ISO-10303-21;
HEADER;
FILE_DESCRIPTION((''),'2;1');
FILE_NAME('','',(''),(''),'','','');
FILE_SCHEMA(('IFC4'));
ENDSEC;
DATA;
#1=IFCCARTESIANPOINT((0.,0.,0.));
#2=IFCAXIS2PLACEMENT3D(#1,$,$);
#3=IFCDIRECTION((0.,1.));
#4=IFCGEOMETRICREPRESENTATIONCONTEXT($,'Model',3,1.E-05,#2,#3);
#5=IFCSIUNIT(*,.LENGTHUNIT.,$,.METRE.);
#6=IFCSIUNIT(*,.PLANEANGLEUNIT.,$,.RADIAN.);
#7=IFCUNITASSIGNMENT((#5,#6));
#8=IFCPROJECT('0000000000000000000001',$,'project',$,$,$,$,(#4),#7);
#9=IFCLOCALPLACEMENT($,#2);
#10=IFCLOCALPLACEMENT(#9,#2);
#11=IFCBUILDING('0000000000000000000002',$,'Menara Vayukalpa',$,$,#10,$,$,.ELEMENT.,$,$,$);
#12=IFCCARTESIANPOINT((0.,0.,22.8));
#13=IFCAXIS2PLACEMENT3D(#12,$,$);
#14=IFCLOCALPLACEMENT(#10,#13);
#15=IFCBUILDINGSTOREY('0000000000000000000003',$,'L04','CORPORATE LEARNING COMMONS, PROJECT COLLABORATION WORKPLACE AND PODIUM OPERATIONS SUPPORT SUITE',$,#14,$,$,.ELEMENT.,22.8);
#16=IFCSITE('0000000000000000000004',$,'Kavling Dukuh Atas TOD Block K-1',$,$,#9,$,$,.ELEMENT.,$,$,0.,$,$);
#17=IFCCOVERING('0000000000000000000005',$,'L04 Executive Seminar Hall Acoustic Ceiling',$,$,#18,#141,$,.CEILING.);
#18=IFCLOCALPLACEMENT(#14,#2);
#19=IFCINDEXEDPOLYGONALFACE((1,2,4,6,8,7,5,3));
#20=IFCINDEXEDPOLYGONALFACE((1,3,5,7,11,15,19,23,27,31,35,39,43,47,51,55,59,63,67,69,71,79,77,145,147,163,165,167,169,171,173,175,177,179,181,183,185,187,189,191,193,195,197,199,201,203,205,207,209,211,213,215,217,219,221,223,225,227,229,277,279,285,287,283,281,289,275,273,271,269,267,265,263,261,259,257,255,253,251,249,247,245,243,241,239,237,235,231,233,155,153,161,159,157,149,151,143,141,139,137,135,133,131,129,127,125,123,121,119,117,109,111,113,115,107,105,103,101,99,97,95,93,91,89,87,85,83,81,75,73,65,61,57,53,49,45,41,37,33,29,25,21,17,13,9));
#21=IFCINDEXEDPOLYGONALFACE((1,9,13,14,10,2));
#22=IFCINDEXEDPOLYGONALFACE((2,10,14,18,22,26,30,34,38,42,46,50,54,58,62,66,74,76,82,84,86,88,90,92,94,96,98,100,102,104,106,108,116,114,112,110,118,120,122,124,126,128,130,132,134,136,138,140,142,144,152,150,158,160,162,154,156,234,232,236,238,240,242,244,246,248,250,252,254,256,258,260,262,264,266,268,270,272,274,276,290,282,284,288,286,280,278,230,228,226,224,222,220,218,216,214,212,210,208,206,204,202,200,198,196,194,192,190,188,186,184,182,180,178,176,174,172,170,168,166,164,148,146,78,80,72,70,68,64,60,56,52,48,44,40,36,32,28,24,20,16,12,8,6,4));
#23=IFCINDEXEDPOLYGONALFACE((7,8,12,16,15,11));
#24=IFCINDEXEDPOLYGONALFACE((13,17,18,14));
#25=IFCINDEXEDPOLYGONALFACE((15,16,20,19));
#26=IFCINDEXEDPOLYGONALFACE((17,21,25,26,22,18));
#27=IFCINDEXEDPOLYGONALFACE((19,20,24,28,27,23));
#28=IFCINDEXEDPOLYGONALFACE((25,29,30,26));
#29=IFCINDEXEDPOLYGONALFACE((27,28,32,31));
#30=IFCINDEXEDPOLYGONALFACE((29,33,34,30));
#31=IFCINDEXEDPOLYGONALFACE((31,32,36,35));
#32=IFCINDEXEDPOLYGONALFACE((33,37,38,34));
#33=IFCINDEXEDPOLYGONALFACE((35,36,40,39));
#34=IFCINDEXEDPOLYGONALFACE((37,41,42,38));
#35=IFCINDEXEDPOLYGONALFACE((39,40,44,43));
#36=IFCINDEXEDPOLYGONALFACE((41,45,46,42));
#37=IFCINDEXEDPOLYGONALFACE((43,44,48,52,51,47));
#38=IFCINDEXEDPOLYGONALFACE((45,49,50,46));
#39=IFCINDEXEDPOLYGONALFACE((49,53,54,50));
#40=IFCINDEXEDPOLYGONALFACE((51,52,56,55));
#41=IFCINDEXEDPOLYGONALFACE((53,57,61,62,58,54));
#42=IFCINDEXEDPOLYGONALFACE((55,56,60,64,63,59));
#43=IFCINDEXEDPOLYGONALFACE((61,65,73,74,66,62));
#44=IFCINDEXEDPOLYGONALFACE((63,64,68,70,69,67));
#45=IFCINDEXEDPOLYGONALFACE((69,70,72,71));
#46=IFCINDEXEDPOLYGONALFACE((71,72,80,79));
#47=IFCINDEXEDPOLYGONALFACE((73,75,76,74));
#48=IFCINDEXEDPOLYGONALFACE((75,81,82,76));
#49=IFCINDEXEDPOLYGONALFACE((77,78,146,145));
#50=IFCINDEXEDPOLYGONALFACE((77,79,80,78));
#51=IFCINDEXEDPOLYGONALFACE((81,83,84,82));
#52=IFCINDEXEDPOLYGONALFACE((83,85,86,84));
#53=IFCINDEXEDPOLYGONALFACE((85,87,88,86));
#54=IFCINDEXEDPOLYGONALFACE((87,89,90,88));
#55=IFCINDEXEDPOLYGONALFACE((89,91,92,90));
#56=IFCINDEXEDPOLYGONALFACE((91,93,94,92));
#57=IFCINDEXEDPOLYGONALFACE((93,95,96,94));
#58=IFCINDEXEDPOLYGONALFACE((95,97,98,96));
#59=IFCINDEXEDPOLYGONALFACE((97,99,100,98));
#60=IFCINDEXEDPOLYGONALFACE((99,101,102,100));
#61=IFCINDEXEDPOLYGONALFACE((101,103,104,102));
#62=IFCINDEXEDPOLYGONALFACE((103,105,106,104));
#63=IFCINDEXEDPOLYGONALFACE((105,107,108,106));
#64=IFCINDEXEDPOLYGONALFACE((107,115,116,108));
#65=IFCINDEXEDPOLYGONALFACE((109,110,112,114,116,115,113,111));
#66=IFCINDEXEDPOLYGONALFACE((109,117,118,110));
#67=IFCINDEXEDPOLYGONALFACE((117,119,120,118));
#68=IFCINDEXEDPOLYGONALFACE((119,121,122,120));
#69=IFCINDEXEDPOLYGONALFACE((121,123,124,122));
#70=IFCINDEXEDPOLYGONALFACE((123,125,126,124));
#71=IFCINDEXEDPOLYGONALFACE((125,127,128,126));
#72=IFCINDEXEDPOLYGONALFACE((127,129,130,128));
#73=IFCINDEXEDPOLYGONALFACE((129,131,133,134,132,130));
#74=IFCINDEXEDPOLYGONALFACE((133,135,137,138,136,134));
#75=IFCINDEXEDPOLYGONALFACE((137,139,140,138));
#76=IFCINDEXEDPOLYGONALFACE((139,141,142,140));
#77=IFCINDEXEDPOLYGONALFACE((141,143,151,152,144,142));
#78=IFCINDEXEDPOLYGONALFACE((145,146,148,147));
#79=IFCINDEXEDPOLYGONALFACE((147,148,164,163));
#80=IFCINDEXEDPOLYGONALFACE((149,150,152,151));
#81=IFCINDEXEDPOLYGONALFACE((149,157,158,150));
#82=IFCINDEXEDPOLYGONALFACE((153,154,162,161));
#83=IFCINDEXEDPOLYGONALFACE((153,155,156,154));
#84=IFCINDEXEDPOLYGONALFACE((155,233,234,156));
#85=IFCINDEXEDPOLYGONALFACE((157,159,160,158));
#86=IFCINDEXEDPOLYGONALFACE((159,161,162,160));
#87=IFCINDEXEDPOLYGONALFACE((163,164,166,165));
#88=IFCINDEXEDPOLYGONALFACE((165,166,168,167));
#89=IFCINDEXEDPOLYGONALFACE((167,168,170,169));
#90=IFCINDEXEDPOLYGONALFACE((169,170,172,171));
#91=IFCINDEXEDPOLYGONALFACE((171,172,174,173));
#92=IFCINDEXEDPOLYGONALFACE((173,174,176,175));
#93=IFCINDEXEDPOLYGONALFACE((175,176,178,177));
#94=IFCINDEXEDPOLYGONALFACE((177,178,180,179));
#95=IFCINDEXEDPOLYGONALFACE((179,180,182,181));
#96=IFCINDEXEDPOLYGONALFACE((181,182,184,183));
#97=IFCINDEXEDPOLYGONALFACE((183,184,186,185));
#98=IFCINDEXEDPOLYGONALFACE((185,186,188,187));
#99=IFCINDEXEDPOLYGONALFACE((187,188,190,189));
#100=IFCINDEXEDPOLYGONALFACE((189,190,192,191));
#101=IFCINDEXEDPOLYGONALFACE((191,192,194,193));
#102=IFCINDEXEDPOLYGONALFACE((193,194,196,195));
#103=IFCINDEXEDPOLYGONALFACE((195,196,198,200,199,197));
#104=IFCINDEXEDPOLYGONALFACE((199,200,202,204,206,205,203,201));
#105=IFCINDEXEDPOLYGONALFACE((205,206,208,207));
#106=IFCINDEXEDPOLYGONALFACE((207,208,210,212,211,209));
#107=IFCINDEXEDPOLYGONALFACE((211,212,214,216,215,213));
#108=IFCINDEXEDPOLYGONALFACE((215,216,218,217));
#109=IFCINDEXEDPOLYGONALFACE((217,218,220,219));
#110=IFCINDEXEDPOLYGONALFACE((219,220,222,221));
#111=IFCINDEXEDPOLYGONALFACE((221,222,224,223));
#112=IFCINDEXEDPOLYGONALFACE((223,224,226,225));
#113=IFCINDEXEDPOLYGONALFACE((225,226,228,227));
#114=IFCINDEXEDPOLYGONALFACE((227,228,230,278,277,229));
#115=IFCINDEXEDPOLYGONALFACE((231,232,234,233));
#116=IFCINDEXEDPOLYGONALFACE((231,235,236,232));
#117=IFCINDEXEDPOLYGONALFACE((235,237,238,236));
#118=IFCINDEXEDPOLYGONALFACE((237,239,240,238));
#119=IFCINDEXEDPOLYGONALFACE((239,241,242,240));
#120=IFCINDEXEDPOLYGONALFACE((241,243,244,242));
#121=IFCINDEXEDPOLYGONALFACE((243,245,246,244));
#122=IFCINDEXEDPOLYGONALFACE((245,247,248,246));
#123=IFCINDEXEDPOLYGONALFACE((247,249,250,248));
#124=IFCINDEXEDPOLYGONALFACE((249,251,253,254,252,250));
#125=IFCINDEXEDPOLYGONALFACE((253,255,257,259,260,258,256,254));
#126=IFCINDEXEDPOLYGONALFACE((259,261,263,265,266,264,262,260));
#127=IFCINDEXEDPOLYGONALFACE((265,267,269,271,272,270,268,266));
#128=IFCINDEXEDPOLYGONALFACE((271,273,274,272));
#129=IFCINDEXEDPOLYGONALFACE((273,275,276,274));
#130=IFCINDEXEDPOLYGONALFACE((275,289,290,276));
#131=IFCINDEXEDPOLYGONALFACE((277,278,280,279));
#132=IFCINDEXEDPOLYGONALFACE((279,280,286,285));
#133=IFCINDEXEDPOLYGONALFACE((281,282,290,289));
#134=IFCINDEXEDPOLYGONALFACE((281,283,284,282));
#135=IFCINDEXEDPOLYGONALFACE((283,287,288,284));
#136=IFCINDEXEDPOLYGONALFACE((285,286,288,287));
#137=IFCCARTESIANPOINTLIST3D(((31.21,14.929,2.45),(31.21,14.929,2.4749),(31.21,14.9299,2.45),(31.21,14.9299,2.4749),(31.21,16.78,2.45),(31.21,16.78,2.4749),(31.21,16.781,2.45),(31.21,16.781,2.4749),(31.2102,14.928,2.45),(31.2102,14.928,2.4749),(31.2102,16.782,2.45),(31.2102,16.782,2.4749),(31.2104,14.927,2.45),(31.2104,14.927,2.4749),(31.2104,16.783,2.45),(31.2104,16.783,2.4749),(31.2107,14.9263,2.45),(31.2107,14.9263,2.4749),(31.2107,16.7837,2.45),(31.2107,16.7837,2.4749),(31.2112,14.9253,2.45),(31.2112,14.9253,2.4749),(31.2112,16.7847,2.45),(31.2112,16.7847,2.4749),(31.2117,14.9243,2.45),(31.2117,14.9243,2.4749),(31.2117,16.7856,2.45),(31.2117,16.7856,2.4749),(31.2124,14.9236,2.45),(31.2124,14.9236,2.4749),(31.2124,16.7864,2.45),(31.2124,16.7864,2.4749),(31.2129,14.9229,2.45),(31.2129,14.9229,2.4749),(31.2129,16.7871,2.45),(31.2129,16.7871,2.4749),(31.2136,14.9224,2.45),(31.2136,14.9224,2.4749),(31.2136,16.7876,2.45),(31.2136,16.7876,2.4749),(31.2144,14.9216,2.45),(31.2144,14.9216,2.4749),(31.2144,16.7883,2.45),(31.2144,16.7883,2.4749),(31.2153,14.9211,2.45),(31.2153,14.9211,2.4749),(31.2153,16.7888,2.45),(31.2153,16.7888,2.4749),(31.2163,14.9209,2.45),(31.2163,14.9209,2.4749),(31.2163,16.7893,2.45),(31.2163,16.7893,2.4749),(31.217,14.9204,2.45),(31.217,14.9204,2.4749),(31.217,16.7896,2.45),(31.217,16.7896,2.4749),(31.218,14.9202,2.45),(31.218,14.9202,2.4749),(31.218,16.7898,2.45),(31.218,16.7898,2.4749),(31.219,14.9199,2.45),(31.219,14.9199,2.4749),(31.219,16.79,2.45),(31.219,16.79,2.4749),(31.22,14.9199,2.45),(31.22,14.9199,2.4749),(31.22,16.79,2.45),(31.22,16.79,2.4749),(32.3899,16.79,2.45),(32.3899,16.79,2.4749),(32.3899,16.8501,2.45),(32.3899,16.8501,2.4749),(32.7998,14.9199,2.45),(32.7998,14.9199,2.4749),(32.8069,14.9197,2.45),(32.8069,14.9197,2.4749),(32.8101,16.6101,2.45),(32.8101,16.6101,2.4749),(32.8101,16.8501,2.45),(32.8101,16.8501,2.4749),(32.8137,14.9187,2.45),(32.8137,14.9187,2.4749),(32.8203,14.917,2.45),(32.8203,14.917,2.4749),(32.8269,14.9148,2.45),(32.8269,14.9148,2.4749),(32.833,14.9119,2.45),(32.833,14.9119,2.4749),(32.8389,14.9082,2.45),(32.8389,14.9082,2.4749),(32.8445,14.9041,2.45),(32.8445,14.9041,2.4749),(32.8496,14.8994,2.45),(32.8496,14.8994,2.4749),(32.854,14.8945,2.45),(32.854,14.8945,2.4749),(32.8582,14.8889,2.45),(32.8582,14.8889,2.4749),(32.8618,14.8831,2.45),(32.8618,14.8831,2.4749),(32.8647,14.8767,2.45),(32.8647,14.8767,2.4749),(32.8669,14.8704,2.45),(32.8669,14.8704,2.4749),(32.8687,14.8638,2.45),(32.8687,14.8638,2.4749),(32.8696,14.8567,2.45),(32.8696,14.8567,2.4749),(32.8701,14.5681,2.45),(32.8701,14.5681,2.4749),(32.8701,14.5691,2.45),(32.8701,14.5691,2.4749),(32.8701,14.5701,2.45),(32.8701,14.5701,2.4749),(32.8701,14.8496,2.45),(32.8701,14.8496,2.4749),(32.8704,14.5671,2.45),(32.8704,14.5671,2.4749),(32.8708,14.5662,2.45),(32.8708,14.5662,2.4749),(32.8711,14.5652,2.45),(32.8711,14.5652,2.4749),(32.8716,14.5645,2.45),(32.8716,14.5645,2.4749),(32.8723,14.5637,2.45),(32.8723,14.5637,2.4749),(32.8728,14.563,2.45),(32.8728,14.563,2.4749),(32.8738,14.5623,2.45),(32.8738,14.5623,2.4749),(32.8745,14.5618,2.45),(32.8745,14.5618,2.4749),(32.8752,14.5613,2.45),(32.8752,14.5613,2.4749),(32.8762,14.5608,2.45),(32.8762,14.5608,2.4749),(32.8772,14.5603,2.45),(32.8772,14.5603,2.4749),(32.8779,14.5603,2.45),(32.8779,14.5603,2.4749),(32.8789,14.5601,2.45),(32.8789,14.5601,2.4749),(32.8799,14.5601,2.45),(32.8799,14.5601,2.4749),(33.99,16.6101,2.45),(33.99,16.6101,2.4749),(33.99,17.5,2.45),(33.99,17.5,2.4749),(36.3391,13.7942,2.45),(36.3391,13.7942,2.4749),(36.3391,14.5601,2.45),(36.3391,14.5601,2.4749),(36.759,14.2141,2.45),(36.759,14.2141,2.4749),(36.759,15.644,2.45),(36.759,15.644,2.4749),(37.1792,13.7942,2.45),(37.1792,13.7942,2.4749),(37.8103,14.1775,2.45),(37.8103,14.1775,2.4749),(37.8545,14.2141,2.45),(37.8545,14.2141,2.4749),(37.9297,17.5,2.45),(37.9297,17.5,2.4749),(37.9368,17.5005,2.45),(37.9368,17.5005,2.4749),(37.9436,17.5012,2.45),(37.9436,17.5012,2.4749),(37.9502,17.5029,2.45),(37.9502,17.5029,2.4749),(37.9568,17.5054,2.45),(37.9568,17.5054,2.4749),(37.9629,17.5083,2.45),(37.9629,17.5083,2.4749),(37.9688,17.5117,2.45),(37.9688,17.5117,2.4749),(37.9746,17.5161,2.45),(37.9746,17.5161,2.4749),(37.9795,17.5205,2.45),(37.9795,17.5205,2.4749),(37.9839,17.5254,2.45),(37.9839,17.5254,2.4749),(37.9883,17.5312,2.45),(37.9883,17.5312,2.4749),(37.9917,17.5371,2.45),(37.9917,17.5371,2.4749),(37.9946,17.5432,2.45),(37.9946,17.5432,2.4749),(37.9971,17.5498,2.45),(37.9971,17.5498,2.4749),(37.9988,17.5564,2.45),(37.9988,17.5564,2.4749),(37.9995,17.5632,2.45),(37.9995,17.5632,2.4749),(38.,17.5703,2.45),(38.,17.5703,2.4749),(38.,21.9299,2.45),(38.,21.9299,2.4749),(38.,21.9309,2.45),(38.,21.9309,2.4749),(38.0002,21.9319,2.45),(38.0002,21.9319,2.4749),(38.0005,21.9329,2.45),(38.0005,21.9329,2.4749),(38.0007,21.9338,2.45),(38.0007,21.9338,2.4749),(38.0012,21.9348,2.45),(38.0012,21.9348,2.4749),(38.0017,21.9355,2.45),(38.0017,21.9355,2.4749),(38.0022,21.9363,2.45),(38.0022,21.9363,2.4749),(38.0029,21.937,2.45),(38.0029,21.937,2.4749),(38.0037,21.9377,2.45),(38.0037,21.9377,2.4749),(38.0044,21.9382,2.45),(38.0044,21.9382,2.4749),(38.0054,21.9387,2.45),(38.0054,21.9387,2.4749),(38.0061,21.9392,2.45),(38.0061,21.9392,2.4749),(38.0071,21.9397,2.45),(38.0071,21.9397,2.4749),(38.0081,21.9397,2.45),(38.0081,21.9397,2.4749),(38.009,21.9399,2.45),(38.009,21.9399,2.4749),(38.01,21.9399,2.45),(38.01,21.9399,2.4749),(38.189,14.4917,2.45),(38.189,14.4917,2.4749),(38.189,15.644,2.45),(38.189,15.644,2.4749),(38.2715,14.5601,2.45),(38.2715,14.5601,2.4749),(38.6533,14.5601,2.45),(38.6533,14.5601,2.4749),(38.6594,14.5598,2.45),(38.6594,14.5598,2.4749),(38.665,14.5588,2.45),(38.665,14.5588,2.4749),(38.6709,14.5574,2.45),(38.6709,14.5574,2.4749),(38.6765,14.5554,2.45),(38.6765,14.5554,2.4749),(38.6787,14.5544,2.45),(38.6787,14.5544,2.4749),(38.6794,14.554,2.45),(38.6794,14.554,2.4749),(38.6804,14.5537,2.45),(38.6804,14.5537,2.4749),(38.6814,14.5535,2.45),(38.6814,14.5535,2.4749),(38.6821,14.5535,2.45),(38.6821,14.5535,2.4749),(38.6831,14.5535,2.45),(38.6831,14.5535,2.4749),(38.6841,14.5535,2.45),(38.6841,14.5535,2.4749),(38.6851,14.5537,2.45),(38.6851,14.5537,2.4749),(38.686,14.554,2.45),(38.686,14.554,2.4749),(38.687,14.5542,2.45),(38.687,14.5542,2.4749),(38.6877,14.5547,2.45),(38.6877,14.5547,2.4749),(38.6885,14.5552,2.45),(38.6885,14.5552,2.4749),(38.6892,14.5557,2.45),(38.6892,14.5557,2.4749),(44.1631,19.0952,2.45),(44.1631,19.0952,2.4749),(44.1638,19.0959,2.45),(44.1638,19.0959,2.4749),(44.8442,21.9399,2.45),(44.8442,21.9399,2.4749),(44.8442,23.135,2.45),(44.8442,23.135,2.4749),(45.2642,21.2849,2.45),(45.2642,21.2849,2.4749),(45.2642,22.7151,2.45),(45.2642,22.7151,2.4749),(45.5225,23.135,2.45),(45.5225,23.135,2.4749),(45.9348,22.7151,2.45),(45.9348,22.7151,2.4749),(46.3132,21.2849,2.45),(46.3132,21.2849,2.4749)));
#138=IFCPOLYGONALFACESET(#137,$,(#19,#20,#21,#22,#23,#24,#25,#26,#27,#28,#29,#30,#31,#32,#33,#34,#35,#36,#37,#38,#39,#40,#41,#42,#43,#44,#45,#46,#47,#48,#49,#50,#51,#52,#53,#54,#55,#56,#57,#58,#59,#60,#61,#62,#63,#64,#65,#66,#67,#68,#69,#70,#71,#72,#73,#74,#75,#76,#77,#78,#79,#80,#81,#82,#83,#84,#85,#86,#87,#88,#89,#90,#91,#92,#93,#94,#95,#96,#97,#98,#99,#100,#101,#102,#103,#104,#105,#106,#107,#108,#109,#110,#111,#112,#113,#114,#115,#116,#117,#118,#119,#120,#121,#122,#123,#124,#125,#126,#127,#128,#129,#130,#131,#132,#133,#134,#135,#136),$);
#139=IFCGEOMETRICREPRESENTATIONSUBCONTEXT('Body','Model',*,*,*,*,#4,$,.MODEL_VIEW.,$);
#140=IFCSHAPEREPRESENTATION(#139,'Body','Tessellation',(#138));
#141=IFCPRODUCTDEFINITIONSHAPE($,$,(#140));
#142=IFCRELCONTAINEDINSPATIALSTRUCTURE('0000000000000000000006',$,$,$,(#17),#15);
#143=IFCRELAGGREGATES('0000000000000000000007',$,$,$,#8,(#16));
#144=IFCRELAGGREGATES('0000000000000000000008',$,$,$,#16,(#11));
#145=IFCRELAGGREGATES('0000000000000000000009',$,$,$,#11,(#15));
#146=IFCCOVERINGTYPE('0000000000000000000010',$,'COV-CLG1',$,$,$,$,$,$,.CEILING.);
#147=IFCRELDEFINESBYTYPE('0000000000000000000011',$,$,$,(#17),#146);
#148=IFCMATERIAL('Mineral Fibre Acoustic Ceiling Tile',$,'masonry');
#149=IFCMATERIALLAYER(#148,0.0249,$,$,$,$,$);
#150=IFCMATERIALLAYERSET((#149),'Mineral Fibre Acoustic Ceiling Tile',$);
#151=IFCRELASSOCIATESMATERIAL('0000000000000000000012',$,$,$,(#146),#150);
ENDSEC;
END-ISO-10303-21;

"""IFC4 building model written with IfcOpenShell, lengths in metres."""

from ifc_helpers import new_model, si_unit, direction, frame, origin, place, context, subcontext, project, spatial, polyline, outline, extrude, material, layer, layer_set, type_object, element, save


model = new_model("IFC4")

# Units and contexts
model_context = context("Model", 3, precision=1e-05, world=origin(), true_north=direction((0.0, 1.0)))
body_context = subcontext(model_context, "Body", "Model", "MODEL_VIEW")
ifc_project = project(units=[si_unit("LENGTHUNIT", "METRE"), si_unit("PLANEANGLEUNIT", "RADIAN")], contexts=[model_context])

# Site, building, storey
site_placement = place(None, origin())
site = spatial("IfcSite", under=ifc_project, at=site_placement, Name="Kavling Dukuh Atas TOD Block K-1", CompositionType="ELEMENT", RefElevation=0.0)
building_placement = place(site_placement, origin())
building = spatial("IfcBuilding", under=site, at=building_placement, Name="Menara Vayukalpa", CompositionType="ELEMENT")
storey_placement = place(building_placement, frame((0.0, 0.0, 22.8)))
storey = spatial("IfcBuildingStorey", under=building, at=storey_placement, Name="L04", Description="CORPORATE LEARNING COMMONS, PROJECT COLLABORATION WORKPLACE AND PODIUM OPERATIONS SUPPORT SUITE", CompositionType="ELEMENT", Elevation=22.8)

# Covering
ifc_material_1 = material(Name="Mineral Fibre Acoustic Ceiling Tile", Category="masonry")
ifc_layer_1 = layer(ifc_material_1, 0.0249)
ifc_layer_set_1 = layer_set([ifc_layer_1], Name="Mineral Fibre Acoustic Ceiling Tile")
covering_type_1 = type_object("IfcCoveringType", Name="COV-CLG1", PredefinedType="CEILING", material=ifc_layer_set_1)
covering_1_placement = place(storey_placement, frame((0.0, 0.0, 2.45)))
element("IfcCovering", 1, at=covering_1_placement, inside=storey, type_object=covering_type_1, Name="L04 Executive Seminar Hall Acoustic Ceiling", PredefinedType="CEILING", context=body_context, shape_type="SweptSolid", body=[
    extrude(outline(polyline([(37.1792, 13.7942), (36.3391, 13.7942), (36.3391, 14.5601), (32.8799, 14.5601), (32.8789, 14.5601), (32.8779, 14.5603), (32.8772, 14.5603), (32.8762, 14.5608), (32.8752, 14.5613), (32.8745, 14.5618), (32.8738, 14.5623), (32.8728, 14.563), (32.8723, 14.5637), (32.8716, 14.5645), (32.8711, 14.5652), (32.8708, 14.5662), (32.8704, 14.5671), (32.8701, 14.5681), (32.8701, 14.5691), (32.8701, 14.5701), (32.8701, 14.8496), (32.8696, 14.8567), (32.8687, 14.8638), (32.8669, 14.8704), (32.8647, 14.8767), (32.8618, 14.8831), (32.8582, 14.8889), (32.854, 14.8945), (32.8496, 14.8994), (32.8445, 14.9041), (32.8389, 14.9082), (32.833, 14.9119), (32.8269, 14.9148), (32.8203, 14.917), (32.8137, 14.9187), (32.8069, 14.9197), (32.7998, 14.9199), (31.22, 14.9199), (31.219, 14.9199), (31.218, 14.9202), (31.217, 14.9204), (31.2163, 14.9209), (31.2153, 14.9211), (31.2144, 14.9216), (31.2136, 14.9224), (31.2129, 14.9229), (31.2124, 14.9236), (31.2117, 14.9243), (31.2112, 14.9253), (31.2107, 14.9263), (31.2104, 14.927), (31.2102, 14.928), (31.21, 14.929), (31.21, 14.9299), (31.21, 16.78), (31.21, 16.781), (31.2102, 16.782), (31.2104, 16.783), (31.2107, 16.7837), (31.2112, 16.7847), (31.2117, 16.7856), (31.2124, 16.7864), (31.2129, 16.7871), (31.2136, 16.7876), (31.2144, 16.7883), (31.2153, 16.7888), (31.2163, 16.7893), (31.217, 16.7896), (31.218, 16.7898), (31.219, 16.79), (31.22, 16.79), (32.3899, 16.79), (32.3899, 16.8501), (32.8101, 16.8501), (32.8101, 16.6101), (33.99, 16.6101), (33.99, 17.5), (37.9297, 17.5), (37.9368, 17.5005), (37.9436, 17.5012), (37.9502, 17.5029), (37.9568, 17.5054), (37.9629, 17.5083), (37.9688, 17.5117), (37.9746, 17.5161), (37.9795, 17.5205), (37.9839, 17.5254), (37.9883, 17.5312), (37.9917, 17.5371), (37.9946, 17.5432), (37.9971, 17.5498), (37.9988, 17.5564), (37.9995, 17.5632), (38.0, 17.5703), (38.0, 21.9299), (38.0, 21.9309), (38.0002, 21.9319), (38.0005, 21.9329), (38.0007, 21.9338), (38.0012, 21.9348), (38.0017, 21.9355), (38.0022, 21.9363), (38.0029, 21.937), (38.0037, 21.9377), (38.0044, 21.9382), (38.0054, 21.9387), (38.0061, 21.9392), (38.0071, 21.9397), (38.0081, 21.9397), (38.009, 21.9399), (38.01, 21.9399), (44.8442, 21.9399), (44.8442, 23.135), (45.5225, 23.135), (45.9348, 22.7151), (45.2642, 22.7151), (45.2642, 21.2849), (46.3132, 21.2849), (44.1638, 19.0959), (44.1631, 19.0952), (38.6892, 14.5557), (38.6885, 14.5552), (38.6877, 14.5547), (38.687, 14.5542), (38.686, 14.554), (38.6851, 14.5537), (38.6841, 14.5535), (38.6831, 14.5535), (38.6821, 14.5535), (38.6814, 14.5535), (38.6804, 14.5537), (38.6794, 14.554), (38.6787, 14.5544), (38.6765, 14.5554), (38.6709, 14.5574), (38.665, 14.5588), (38.6594, 14.5598), (38.6533, 14.5601), (38.2715, 14.5601), (38.189, 14.4917), (38.189, 15.644), (36.759, 15.644), (36.759, 14.2141), (37.8545, 14.2141), (37.8103, 14.1775), (37.1792, 13.7942)])), origin(), (0.0, 0.0, 1.0), 0.0249),
])

save(model, "model.ifc")
